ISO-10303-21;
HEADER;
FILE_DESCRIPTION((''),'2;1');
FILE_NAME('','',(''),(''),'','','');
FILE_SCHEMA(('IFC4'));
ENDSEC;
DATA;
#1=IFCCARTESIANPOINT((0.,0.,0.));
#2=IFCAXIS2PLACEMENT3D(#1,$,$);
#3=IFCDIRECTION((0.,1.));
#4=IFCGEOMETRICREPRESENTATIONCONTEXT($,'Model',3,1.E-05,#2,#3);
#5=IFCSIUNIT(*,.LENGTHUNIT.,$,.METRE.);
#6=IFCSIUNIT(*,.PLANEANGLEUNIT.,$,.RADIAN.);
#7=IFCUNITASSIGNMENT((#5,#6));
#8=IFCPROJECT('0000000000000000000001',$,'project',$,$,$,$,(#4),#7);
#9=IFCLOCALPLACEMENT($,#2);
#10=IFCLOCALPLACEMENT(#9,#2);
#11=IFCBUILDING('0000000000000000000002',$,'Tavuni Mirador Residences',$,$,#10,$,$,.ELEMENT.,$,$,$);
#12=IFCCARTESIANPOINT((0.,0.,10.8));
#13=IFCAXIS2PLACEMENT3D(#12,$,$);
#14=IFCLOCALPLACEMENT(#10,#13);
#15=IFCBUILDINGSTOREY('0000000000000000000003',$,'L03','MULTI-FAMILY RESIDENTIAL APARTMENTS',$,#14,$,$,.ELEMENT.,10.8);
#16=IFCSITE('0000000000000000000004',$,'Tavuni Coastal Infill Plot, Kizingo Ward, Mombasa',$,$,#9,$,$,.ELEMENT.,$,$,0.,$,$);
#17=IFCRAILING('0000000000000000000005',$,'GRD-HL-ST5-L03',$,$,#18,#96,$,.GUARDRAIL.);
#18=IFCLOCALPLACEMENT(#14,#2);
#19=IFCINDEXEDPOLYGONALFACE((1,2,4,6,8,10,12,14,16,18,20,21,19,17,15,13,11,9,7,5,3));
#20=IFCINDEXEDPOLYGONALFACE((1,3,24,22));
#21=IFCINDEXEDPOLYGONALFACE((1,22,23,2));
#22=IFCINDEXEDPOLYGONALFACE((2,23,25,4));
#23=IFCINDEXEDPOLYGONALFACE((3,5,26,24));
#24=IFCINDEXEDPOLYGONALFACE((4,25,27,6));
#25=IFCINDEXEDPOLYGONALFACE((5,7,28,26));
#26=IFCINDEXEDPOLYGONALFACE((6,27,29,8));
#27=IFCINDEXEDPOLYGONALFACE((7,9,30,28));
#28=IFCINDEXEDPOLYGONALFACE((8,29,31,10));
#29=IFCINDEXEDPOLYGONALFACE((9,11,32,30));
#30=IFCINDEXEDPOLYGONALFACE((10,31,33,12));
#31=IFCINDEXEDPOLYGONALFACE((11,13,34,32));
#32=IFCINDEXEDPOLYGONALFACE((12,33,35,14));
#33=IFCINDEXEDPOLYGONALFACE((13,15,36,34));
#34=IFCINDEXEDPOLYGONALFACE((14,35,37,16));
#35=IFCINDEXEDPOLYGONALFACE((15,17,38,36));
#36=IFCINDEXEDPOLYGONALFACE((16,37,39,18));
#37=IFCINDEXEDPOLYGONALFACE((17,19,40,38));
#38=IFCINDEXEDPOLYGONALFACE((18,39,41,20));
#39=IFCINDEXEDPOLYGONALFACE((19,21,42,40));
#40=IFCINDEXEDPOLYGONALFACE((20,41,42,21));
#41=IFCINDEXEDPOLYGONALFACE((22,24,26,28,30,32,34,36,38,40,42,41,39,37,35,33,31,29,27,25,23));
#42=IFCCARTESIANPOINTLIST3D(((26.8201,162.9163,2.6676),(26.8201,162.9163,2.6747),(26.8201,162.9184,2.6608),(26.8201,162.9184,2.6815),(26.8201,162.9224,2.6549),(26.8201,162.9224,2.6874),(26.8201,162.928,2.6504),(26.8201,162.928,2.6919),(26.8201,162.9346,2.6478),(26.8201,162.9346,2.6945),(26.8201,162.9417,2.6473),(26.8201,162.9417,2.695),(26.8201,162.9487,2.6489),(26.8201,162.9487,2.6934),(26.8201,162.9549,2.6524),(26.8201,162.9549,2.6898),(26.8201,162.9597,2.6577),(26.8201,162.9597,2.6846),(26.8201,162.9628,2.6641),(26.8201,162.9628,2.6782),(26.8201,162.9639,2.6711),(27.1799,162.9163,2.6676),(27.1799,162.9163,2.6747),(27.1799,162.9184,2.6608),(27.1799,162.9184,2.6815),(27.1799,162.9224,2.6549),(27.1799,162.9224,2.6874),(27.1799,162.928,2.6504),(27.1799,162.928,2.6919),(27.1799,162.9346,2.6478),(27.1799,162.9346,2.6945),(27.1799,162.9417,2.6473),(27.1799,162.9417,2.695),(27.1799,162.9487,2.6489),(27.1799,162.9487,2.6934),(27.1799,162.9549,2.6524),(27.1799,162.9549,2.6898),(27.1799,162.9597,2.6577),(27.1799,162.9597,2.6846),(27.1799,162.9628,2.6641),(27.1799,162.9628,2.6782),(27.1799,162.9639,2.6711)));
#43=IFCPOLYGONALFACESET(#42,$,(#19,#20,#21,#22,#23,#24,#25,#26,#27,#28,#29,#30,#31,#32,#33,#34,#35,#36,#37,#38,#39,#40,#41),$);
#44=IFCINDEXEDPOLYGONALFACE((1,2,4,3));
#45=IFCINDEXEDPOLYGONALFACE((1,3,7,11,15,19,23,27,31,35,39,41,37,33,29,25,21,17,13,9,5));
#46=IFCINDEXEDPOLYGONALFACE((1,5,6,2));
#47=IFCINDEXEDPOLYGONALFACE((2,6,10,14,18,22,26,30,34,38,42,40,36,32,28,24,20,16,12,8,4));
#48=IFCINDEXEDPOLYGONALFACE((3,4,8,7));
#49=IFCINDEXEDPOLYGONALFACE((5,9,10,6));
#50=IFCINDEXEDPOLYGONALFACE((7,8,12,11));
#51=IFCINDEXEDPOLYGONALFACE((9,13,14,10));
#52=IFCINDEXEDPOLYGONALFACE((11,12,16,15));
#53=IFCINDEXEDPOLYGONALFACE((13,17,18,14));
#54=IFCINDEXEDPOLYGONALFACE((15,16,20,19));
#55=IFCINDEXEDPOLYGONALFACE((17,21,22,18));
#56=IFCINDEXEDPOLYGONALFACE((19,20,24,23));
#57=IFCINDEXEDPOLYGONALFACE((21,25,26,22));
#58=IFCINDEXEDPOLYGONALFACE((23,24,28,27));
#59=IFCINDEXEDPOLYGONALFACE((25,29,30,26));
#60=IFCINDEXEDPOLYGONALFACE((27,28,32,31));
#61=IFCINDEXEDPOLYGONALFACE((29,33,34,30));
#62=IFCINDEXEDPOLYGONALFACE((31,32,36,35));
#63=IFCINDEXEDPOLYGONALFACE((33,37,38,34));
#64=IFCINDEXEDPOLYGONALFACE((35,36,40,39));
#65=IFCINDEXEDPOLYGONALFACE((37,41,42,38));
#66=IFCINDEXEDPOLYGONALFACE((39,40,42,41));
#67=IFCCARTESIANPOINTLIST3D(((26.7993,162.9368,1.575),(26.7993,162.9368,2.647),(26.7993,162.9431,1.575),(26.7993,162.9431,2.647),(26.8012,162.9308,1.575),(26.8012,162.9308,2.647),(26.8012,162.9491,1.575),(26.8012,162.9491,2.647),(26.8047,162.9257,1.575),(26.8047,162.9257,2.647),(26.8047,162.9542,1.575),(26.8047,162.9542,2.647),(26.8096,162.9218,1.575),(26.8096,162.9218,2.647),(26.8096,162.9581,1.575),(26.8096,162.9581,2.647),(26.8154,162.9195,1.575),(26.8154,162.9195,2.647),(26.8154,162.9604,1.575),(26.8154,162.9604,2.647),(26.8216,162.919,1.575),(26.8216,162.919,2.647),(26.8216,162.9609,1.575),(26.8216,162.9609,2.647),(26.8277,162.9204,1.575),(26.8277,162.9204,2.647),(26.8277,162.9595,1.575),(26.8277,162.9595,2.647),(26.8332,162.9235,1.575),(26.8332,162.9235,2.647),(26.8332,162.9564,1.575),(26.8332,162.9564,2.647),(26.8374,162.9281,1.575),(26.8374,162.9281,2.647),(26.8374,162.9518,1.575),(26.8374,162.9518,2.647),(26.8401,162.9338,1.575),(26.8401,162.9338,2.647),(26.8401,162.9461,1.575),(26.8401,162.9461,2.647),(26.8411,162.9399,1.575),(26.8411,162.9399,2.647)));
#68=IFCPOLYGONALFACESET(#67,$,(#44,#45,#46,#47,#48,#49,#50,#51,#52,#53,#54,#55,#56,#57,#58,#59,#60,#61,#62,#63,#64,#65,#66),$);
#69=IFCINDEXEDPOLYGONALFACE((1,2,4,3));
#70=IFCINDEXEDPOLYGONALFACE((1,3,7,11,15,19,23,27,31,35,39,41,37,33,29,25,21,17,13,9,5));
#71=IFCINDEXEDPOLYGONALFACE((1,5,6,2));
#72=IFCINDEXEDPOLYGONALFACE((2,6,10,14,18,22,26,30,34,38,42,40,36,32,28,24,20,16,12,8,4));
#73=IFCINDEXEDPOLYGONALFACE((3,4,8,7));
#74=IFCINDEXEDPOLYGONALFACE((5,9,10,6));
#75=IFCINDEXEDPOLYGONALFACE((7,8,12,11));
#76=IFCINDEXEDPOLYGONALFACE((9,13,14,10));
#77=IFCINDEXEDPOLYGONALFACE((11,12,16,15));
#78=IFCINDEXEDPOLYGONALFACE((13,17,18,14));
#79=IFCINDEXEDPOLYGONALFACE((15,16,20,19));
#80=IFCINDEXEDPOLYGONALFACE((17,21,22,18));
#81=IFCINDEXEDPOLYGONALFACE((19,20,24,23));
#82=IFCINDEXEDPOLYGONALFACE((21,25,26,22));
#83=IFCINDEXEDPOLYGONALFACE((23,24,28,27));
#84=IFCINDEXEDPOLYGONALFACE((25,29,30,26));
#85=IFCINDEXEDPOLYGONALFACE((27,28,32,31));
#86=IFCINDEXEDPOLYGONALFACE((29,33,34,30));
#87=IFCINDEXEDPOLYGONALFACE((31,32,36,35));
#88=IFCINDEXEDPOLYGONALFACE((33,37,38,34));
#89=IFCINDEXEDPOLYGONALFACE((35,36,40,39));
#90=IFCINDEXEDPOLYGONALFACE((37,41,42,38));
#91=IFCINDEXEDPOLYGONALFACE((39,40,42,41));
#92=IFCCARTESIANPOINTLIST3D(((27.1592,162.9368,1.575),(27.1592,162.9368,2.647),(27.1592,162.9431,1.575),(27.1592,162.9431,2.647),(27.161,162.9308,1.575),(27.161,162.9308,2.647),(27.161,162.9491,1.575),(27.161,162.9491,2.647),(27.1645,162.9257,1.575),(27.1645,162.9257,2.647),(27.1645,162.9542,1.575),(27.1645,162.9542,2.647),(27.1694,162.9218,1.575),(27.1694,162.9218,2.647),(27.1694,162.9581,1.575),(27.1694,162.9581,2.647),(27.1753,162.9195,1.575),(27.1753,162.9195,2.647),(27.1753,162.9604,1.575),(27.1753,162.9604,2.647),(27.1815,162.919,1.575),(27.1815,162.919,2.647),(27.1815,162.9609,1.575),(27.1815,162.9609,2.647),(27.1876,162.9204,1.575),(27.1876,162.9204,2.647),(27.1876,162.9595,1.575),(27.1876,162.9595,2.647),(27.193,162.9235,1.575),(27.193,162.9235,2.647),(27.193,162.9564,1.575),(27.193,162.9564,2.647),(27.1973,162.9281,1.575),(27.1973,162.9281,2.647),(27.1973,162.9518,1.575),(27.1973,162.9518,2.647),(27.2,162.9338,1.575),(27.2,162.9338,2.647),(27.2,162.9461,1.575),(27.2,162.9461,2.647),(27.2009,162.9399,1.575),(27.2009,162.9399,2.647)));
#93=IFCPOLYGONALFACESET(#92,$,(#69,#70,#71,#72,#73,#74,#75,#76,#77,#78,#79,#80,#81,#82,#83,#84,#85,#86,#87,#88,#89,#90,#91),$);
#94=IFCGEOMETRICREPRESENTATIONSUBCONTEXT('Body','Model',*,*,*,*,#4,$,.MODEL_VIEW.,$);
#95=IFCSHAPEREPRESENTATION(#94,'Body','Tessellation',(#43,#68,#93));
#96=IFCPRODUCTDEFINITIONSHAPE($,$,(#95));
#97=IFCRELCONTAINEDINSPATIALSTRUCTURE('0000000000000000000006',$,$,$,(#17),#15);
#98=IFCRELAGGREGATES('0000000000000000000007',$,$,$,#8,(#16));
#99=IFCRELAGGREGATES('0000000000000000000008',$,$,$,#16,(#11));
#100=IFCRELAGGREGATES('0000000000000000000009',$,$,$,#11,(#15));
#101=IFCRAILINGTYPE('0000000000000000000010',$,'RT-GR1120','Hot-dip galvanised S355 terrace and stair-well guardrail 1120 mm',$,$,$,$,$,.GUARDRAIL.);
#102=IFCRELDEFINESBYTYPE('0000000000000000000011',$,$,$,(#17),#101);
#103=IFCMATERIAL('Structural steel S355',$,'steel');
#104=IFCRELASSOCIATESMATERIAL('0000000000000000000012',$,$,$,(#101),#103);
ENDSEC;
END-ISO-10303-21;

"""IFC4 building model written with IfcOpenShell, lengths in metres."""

from ifc_helpers import new_model, si_unit, direction, frame, origin, origin_2d, place, context, subcontext, project, spatial, circle, extrude, material, type_object, element, save


model = new_model("IFC4")

# Units and contexts
model_context = context("Model", 3, precision=1e-05, world=origin(), true_north=direction((0.0, 1.0)))
body_context = subcontext(model_context, "Body", "Model", "MODEL_VIEW")
ifc_project = project(units=[si_unit("LENGTHUNIT", "METRE"), si_unit("PLANEANGLEUNIT", "RADIAN")], contexts=[model_context])

# Site, building, storey
site_placement = place(None, origin())
site = spatial("IfcSite", under=ifc_project, at=site_placement, Name="Tavuni Coastal Infill Plot, Kizingo Ward, Mombasa", CompositionType="ELEMENT", RefElevation=0.0)
building_placement = place(site_placement, origin())
building = spatial("IfcBuilding", under=site, at=building_placement, Name="Tavuni Mirador Residences", CompositionType="ELEMENT")
storey_placement = place(building_placement, frame((0.0, 0.0, 10.8)))
storey = spatial("IfcBuildingStorey", under=building, at=storey_placement, Name="L03", Description="MULTI-FAMILY RESIDENTIAL APARTMENTS", CompositionType="ELEMENT", Elevation=10.8)

# Shared definitions
ifc_material_1 = material(Name="Structural steel S355", Category="steel")

# Railing
railing_type_1 = type_object("IfcRailingType", Name="RT-GR1120", Description="Hot-dip galvanised S355 terrace and stair-well guardrail 1120 mm", PredefinedType="GUARDRAIL", material=ifc_material_1)
railing_1_placement = place(storey_placement, frame((26.8201, 162.9399, 1.575)))
element("IfcRailing", 1, at=railing_1_placement, inside=storey, type_object=railing_type_1, Name="GRD-HL-ST5-L03", PredefinedType="GUARDRAIL", context=body_context, shape_type="SweptSolid", body=[
    extrude(circle(Radius=0.0239, at=origin_2d()), frame((0.0, 0.0, 1.0962), z_axis=(1.0, 0.0, 0.0), x_axis=(0.0, 1.0, 0.0)), (0.0, 0.0, 1.0), 0.3599),
    extrude(circle(Radius=0.021, at=origin_2d()), origin(), (0.0, 0.0, 1.0), 1.072),
    extrude(circle(Radius=0.021, at=origin_2d()), frame((0.3599, 0.0, 0.0)), (0.0, 0.0, 1.0), 1.072),
])

save(model, "model.ifc")
